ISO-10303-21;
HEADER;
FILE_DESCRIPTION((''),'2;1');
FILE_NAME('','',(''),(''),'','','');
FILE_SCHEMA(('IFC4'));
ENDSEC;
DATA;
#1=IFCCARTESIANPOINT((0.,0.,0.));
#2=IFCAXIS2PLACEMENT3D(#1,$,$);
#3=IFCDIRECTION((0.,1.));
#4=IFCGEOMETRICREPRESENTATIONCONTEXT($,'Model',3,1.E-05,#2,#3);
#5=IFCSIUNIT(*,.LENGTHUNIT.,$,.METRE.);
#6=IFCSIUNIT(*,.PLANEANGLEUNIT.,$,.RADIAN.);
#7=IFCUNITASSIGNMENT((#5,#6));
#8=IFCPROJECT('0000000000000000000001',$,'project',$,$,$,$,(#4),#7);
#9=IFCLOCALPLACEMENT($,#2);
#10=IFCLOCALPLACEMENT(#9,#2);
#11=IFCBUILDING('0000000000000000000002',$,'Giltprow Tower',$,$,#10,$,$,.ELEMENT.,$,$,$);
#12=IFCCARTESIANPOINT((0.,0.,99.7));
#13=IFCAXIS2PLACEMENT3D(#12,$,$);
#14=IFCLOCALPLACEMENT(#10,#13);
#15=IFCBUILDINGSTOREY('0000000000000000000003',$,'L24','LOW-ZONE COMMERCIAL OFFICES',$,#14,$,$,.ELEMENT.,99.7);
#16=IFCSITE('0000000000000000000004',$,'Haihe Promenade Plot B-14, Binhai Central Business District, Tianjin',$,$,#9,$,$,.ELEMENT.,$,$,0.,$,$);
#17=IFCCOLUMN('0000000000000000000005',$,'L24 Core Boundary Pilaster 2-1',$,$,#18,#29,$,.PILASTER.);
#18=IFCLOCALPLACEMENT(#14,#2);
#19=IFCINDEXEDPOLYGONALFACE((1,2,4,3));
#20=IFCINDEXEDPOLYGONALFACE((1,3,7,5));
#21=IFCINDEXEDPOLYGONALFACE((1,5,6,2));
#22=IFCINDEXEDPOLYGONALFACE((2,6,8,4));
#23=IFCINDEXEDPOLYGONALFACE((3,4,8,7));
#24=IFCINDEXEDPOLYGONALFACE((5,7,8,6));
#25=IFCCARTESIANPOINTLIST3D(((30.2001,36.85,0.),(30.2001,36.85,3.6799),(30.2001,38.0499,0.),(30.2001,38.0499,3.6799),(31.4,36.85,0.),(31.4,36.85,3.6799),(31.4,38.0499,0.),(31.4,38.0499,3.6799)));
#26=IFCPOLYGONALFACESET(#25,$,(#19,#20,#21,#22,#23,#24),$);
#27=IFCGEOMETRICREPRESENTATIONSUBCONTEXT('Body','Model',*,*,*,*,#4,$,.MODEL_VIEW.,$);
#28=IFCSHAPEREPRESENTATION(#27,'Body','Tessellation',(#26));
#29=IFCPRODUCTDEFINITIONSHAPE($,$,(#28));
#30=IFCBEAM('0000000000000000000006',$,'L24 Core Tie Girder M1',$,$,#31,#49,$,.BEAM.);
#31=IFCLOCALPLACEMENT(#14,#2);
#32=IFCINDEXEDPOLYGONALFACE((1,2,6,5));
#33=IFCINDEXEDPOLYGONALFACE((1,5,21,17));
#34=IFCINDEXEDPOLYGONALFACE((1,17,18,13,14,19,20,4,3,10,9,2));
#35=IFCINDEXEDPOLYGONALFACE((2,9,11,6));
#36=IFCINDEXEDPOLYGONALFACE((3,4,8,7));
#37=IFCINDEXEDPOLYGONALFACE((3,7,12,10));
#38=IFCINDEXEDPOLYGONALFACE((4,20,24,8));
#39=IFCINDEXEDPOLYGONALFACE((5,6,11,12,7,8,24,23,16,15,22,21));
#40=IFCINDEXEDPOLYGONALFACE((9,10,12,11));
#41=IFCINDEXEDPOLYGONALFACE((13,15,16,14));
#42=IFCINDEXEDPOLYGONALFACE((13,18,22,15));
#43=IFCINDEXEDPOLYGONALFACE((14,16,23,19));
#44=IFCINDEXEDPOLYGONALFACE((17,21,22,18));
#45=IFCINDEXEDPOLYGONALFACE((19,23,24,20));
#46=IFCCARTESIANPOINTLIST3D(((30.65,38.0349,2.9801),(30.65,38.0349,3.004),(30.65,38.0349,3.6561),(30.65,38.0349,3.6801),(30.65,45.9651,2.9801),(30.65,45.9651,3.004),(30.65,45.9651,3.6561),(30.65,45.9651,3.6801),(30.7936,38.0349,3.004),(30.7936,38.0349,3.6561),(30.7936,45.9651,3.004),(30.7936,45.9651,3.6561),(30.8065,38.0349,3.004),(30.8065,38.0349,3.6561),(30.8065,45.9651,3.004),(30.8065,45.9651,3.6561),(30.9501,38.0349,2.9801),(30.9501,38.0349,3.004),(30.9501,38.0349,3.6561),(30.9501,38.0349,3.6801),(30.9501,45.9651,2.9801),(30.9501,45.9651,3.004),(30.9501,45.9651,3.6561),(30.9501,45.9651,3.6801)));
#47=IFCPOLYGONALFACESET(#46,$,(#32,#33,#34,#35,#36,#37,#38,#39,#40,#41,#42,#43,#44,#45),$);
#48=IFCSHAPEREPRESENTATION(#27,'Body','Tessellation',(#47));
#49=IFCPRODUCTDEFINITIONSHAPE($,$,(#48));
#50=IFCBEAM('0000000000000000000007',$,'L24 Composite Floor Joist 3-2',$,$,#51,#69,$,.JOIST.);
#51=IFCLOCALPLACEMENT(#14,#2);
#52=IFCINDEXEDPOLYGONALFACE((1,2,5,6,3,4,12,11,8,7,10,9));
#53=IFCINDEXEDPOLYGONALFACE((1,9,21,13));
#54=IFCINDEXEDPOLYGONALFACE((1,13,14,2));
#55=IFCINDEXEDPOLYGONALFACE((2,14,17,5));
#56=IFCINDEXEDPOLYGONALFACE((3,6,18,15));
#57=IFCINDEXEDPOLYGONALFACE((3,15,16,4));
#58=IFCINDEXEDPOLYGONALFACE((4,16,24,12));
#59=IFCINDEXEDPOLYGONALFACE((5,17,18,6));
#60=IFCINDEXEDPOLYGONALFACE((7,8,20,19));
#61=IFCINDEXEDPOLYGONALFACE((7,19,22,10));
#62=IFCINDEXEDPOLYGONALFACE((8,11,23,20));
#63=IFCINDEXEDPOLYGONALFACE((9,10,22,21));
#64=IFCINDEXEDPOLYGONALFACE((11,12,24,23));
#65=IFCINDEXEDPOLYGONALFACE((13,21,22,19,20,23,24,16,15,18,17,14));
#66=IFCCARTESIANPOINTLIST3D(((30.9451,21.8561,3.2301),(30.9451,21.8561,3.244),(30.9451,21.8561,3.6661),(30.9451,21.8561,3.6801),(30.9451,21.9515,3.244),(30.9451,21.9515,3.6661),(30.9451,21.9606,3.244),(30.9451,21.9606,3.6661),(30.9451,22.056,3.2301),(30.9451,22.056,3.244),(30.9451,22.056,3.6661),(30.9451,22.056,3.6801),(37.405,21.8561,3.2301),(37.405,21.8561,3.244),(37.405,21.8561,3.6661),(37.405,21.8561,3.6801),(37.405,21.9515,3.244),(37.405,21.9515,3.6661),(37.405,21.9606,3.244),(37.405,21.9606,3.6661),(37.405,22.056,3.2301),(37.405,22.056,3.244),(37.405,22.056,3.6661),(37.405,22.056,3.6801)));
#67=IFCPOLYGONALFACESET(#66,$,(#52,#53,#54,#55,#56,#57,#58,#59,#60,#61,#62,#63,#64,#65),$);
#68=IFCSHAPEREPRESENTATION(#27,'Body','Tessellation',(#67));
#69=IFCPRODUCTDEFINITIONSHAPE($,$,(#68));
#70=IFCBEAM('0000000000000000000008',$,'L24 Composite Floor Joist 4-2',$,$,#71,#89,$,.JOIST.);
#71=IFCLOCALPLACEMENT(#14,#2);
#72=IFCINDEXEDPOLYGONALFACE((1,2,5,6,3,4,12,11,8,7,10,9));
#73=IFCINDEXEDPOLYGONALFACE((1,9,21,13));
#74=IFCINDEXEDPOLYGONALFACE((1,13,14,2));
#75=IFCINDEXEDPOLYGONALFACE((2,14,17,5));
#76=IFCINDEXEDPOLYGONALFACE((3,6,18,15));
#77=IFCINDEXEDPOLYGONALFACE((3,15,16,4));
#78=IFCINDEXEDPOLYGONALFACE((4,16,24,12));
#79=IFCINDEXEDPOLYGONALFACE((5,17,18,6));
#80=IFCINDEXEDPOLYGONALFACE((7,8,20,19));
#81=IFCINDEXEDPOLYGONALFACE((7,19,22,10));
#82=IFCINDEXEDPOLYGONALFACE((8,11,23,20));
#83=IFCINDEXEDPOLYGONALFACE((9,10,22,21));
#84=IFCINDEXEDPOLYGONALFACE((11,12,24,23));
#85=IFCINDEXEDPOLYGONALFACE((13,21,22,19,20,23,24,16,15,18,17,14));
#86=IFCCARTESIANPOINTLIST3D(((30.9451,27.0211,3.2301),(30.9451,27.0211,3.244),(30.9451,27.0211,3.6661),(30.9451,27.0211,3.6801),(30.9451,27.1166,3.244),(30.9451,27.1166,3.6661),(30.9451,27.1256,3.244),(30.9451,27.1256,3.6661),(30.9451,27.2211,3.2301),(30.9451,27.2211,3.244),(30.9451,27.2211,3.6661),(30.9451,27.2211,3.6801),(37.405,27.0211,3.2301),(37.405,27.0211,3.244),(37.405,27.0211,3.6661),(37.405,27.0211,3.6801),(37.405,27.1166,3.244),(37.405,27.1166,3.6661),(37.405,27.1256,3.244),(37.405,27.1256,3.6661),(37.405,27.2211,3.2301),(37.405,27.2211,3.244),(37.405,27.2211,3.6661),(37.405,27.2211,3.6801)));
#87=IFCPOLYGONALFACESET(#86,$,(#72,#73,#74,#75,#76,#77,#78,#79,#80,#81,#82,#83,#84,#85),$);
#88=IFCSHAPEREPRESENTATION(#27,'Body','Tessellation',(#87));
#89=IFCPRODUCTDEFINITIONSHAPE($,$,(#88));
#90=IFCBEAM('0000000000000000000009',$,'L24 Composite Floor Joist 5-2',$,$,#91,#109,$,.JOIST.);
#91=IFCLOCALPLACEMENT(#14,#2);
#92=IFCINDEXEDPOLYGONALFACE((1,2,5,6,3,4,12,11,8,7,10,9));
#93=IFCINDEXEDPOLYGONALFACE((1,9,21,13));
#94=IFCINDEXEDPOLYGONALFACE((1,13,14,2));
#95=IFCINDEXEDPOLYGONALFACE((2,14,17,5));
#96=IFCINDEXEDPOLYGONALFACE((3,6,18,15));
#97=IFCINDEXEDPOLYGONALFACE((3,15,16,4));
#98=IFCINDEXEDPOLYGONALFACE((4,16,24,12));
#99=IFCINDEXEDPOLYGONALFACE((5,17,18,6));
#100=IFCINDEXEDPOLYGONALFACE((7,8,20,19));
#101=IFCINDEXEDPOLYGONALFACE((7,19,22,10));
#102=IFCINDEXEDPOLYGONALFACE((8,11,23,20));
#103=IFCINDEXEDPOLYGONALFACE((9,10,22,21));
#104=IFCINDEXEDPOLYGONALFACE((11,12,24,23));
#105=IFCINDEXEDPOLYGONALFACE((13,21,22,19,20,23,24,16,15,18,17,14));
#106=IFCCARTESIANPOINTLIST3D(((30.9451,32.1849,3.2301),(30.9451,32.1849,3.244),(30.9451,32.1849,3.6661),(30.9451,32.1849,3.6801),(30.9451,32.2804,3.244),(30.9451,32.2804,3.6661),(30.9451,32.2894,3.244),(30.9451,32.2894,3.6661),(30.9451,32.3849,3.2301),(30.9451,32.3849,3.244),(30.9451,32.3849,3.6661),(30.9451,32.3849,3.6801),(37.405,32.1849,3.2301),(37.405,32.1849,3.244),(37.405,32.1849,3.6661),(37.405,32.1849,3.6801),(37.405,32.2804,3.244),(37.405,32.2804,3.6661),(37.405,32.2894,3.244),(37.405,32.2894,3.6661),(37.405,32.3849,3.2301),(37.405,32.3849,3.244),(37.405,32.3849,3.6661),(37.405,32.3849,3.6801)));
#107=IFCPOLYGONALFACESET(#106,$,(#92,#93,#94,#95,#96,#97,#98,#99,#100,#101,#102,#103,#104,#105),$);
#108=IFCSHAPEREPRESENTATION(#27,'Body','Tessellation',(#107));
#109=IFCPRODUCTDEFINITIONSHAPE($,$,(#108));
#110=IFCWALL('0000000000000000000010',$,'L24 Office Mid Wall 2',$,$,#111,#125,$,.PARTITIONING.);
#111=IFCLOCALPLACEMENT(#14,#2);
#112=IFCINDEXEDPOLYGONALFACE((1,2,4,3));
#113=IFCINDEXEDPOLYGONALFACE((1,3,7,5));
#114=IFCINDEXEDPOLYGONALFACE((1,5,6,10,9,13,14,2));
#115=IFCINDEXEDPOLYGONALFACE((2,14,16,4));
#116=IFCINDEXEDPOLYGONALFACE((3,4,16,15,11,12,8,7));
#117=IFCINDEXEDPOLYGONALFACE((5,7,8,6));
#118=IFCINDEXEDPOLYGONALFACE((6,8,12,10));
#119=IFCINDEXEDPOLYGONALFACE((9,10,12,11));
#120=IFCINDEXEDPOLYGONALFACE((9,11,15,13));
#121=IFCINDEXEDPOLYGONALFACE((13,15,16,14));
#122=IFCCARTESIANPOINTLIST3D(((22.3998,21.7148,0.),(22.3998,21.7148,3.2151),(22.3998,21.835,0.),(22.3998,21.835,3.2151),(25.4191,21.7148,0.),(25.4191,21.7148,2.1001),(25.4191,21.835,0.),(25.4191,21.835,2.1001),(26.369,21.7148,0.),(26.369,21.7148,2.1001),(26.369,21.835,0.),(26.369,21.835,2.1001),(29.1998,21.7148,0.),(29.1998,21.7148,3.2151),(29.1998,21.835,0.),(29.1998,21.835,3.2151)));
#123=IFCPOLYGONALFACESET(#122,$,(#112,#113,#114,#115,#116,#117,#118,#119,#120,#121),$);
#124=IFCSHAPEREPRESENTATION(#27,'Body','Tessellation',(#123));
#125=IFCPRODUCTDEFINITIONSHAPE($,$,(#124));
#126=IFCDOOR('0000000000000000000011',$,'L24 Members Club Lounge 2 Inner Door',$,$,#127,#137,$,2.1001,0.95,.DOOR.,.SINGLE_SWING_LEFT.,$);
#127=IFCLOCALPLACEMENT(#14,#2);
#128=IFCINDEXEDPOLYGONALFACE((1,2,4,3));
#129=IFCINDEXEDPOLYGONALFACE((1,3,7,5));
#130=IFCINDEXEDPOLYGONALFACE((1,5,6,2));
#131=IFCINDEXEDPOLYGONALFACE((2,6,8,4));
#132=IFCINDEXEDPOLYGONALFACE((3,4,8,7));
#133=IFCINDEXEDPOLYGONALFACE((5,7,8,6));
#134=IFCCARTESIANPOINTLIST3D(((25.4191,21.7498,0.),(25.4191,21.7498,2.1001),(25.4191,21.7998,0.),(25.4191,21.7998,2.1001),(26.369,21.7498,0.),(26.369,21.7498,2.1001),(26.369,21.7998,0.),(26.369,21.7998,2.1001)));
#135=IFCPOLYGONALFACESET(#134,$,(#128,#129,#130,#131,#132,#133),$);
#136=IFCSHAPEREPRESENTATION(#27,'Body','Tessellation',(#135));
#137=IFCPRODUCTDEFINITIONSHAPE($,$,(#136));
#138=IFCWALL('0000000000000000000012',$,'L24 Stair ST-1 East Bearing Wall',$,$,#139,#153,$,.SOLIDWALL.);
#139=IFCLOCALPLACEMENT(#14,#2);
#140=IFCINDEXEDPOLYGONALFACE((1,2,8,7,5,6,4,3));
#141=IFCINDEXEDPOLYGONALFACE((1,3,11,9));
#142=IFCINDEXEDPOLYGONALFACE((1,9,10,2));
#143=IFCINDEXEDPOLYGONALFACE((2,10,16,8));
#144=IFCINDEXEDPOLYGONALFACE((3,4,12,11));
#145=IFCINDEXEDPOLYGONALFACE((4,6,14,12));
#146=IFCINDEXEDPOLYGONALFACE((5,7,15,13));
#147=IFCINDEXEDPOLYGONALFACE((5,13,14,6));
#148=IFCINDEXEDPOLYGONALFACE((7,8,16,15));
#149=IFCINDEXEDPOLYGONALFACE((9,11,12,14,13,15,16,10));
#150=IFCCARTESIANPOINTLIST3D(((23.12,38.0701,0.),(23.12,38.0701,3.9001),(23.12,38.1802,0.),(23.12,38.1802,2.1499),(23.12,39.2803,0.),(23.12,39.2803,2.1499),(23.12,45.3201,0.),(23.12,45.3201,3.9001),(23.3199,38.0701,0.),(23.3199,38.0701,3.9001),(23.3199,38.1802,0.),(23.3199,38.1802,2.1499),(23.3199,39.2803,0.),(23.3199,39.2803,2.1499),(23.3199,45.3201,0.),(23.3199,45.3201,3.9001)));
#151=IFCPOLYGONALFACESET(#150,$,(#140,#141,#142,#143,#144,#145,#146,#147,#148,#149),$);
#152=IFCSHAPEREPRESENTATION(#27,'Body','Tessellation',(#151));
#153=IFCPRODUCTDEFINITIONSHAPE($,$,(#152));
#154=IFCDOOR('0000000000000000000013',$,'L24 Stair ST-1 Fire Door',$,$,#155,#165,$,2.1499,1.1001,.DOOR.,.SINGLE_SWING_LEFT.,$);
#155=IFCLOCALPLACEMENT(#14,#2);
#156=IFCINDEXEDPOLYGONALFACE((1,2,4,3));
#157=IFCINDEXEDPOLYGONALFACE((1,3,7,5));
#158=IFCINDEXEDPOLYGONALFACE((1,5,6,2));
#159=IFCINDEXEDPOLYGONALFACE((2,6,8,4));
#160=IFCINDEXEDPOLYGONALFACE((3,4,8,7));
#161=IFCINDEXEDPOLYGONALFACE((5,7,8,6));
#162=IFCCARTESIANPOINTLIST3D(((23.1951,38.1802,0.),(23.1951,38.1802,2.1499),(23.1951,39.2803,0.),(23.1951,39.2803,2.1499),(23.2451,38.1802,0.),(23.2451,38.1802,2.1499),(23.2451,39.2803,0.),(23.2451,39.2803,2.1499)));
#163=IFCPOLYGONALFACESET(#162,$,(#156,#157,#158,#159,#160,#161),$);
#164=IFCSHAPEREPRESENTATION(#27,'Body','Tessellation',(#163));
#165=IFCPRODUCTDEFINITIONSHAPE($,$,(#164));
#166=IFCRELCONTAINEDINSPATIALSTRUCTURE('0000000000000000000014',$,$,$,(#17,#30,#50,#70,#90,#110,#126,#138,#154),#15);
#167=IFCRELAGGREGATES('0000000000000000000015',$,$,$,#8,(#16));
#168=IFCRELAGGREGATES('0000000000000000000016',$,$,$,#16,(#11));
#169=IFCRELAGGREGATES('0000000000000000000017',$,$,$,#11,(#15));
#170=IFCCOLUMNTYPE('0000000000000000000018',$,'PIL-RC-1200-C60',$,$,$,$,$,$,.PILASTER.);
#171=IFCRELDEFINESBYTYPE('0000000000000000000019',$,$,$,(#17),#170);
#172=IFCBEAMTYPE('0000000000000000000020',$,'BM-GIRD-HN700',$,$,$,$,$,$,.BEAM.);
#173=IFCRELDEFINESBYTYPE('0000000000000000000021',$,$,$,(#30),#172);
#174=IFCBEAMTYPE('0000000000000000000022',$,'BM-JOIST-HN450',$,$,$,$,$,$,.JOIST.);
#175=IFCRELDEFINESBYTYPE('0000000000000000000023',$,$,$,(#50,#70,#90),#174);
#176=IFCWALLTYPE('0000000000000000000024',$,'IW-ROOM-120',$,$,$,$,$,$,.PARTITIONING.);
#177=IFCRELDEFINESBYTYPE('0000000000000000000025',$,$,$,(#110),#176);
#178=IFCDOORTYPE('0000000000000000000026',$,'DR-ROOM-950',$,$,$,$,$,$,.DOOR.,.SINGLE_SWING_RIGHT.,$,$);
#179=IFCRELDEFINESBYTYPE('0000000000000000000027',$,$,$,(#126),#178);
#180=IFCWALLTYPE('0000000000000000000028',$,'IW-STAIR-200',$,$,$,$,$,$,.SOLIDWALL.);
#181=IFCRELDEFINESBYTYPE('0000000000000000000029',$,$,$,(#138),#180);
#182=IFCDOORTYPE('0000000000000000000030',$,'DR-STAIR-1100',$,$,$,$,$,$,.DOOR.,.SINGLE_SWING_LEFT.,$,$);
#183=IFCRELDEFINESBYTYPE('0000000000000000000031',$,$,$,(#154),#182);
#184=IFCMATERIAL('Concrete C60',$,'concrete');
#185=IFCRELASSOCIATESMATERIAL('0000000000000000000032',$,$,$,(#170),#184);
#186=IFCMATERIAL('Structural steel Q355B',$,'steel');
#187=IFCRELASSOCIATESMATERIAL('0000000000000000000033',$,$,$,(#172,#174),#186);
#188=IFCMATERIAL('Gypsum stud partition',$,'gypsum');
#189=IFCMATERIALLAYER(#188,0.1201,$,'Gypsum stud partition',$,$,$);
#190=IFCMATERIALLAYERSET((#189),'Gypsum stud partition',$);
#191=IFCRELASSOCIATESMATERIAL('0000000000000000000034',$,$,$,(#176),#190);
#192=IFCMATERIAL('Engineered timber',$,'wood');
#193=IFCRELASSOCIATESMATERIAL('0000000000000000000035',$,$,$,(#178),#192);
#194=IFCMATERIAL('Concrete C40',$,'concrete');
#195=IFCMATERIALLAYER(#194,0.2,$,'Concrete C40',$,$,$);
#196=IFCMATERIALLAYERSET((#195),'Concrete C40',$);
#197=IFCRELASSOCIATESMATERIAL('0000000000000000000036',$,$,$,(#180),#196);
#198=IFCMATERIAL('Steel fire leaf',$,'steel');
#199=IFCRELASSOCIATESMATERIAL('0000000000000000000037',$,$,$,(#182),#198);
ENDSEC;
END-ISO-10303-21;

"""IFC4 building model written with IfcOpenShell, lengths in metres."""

from ifc_helpers import new_model, si_unit, direction, frame, frame_2d, origin, origin_2d, place, context, subcontext, project, spatial, rectangle, i_section, extrude, source, transform, mapped, material, layer, layer_set, material_profile, profile_set, type_object, element, fill, save


model = new_model("IFC4")

# Units and contexts
model_context = context("Model", 3, precision=1e-05, world=origin(), true_north=direction((0.0, 1.0)))
body_context = subcontext(model_context, "Body", "Model", "MODEL_VIEW")
ifc_project = project(units=[si_unit("LENGTHUNIT", "METRE"), si_unit("PLANEANGLEUNIT", "RADIAN")], contexts=[model_context])

# Site, building, storey
site_placement = place(None, origin())
site = spatial("IfcSite", under=ifc_project, at=site_placement, Name="Haihe Promenade Plot B-14, Binhai Central Business District, Tianjin", CompositionType="ELEMENT", RefElevation=0.0)
building_placement = place(site_placement, origin())
building = spatial("IfcBuilding", under=site, at=building_placement, Name="Giltprow Tower", CompositionType="ELEMENT")
storey_placement = place(building_placement, frame((0.0, 0.0, 99.7)))
storey = spatial("IfcBuildingStorey", under=building, at=storey_placement, Name="L24", Description="LOW-ZONE COMMERCIAL OFFICES", CompositionType="ELEMENT", Elevation=99.7)

# Column
ifc_material_1 = material(Name="Concrete C60", Category="concrete")
ifc_material_profile_1 = material_profile(ifc_material_1, rectangle(XDim=1.2, YDim=1.2, at=origin_2d()), Name="RC 1200x1200")
ifc_profile_set_1 = profile_set([ifc_material_profile_1], Name="Concrete C60")
column_type = type_object("IfcColumnType", Name="PIL-RC-1200-C60", PredefinedType="PILASTER", material=ifc_profile_set_1)
shared_shape_1 = source(origin(), body_context, "Body", "SweptSolid", [
    extrude(rectangle(XDim=1.2, YDim=1.2, at=origin_2d()), origin(), (0.0, 0.0, 1.0), 3.6799),
])
column_placement = place(storey_placement, frame((30.8, 37.45, 0.0), z_axis=(0.0, 0.0, 1.0), x_axis=(1.0, 0.0, 0.0)))
element("IfcColumn", 1, at=column_placement, inside=storey, type_object=column_type, Name="L24 Core Boundary Pilaster 2-1", PredefinedType="PILASTER", context=body_context, shape_type="MappedRepresentation", body=[
    mapped(shared_shape_1, transform((0.0, 0.0, 0.0), x_axis=(1.0, 0.0, 0.0), y_axis=(0.0, 1.0, 0.0), z_axis=(0.0, 0.0, 1.0), scale=1.0)),
])

# Beams
ifc_material_2 = material(Name="Structural steel Q355B", Category="steel")
ifc_material_profile_2 = material_profile(ifc_material_2, i_section(OverallWidth=0.3, OverallDepth=0.7, WebThickness=0.0129, FlangeThickness=0.0239, at=origin_2d()), Name="HN 700x300x13x24")
ifc_profile_set_2 = profile_set([ifc_material_profile_2], Name="Structural steel Q355B")
beam_type_1 = type_object("IfcBeamType", Name="BM-GIRD-HN700", PredefinedType="BEAM", material=ifc_profile_set_2)
shared_shape_2 = source(origin(), body_context, "Body", "SweptSolid", [
    extrude(i_section(OverallWidth=0.3, OverallDepth=0.7, WebThickness=0.0129, FlangeThickness=0.0239, at=origin_2d()), origin(), (0.0, 0.0, 1.0), 7.9302),
])
beam_placement = place(storey_placement, frame((30.8, 38.0349, 3.3301), z_axis=(0.0, 1.0, 0.0), x_axis=(-1.0, 0.0, 0.0)))
element("IfcBeam", 2, at=beam_placement, inside=storey, type_object=beam_type_1, Name="L24 Core Tie Girder M1", PredefinedType="BEAM", context=body_context, shape_type="MappedRepresentation", body=[
    mapped(shared_shape_2, transform((0.0, 0.0, 0.0), x_axis=(1.0, 0.0, 0.0), y_axis=(0.0, 1.0, 0.0), z_axis=(0.0, 0.0, 1.0), scale=1.0)),
])
ifc_material_profile_3 = material_profile(ifc_material_2, i_section(OverallWidth=0.2, OverallDepth=0.45, WebThickness=0.009, FlangeThickness=0.0139, at=origin_2d()), Name="HN 450x200x9x14")
ifc_profile_set_3 = profile_set([ifc_material_profile_3], Name="Structural steel Q355B")
beam_type_2 = type_object("IfcBeamType", Name="BM-JOIST-HN450", PredefinedType="JOIST", material=ifc_profile_set_3)
shared_shape_3 = source(origin(), body_context, "Body", "SweptSolid", [
    extrude(i_section(OverallWidth=0.2, OverallDepth=0.45, WebThickness=0.009, FlangeThickness=0.0139, at=origin_2d()), origin(), (0.0, 0.0, 1.0), 6.46),
])
for number, where, z_axis, x_axis, name in (
    (3, (30.9451, 21.9561, 3.4551), (1.0, 0.0, 0.0), (0.0, 1.0, 0.0), "L24 Composite Floor Joist 3-2"),
    (4, (30.9451, 27.1211, 3.4551), (1.0, 0.0, 0.0), (0.0, 1.0, 0.0), "L24 Composite Floor Joist 4-2"),
    (5, (30.9451, 32.2849, 3.4551), (1.0, 0.0, 0.0), (0.0, 1.0, 0.0), "L24 Composite Floor Joist 5-2"),
):
    element("IfcBeam", number, at=place(storey_placement, frame(where, z_axis=z_axis, x_axis=x_axis)), inside=storey, type_object=beam_type_2, Name=name, PredefinedType="JOIST", context=body_context, shape_type="MappedRepresentation", body=[
        mapped(shared_shape_3, transform((0.0, 0.0, 0.0), x_axis=(1.0, 0.0, 0.0), y_axis=(0.0, 1.0, 0.0), z_axis=(0.0, 0.0, 1.0), scale=1.0)),
    ])

# Walls, openings, doors
ifc_material_3 = material(Name="Gypsum stud partition", Category="gypsum")
ifc_layer_1 = layer(ifc_material_3, 0.1201, Name="Gypsum stud partition")
ifc_layer_set_1 = layer_set([ifc_layer_1], Name="Gypsum stud partition")
wall_type_1 = type_object("IfcWallType", Name="IW-ROOM-120", PredefinedType="PARTITIONING", material=ifc_layer_set_1)
wall_1_placement = place(storey_placement, frame((22.3999, 21.7749, 0.0), z_axis=(0.0, 0.0, 1.0), x_axis=(1.0, 0.0, 0.0)))
wall_1 = element("IfcWall", 6, at=wall_1_placement, inside=storey, type_object=wall_type_1, Name="L24 Office Mid Wall 2", PredefinedType="PARTITIONING", context=body_context, shape_type="SweptSolid", body=[
    extrude(rectangle(XDim=6.8, YDim=0.1201, at=frame_2d((3.3999, 0.0))), origin(), (0.0, 0.0, 1.0), 3.2151),
])
opening_1_placement = place(wall_1_placement, frame((3.019, 0.0, 0.0)))
opening_1 = element("IfcOpeningElement", 7, at=opening_1_placement, cuts=wall_1, PredefinedType="OPENING", context=body_context, shape_type="SweptSolid", body=[
    extrude(rectangle(XDim=0.95, YDim=2.1001, at=frame_2d((0.4751, 1.05))), frame((0.0, 0.0701, 0.0), z_axis=(0.0, -1.0, 0.0), x_axis=(1.0, 0.0, 0.0)), (0.0, 0.0, 1.0), 0.1401),
])
ifc_material_4 = material(Name="Engineered timber", Category="wood")
door_type_1 = type_object("IfcDoorType", Name="DR-ROOM-950", OperationType="SINGLE_SWING_RIGHT", PredefinedType="DOOR", material=ifc_material_4)
shared_shape_4 = source(origin(), body_context, "Body", "SweptSolid", [
    extrude(rectangle(XDim=0.95, YDim=2.1001, at=frame_2d((0.4751, 1.05))), frame((0.0, 0.0249, 0.0), z_axis=(0.0, -1.0, 0.0), x_axis=(1.0, 0.0, 0.0)), (0.0, 0.0, 1.0), 0.05),
])
door_1_placement = place(opening_1_placement, origin())
door_1 = element("IfcDoor", 8, at=door_1_placement, inside=storey, type_object=door_type_1, Name="L24 Members Club Lounge 2 Inner Door", OperationType="SINGLE_SWING_LEFT", OverallHeight=2.1001, OverallWidth=0.95, PredefinedType="DOOR", context=body_context, shape_type="MappedRepresentation", body=[
    mapped(shared_shape_4, transform((0.0, 0.0, 0.0), x_axis=(1.0, 0.0, 0.0), y_axis=(0.0, 1.0, 0.0), z_axis=(0.0, 0.0, 1.0), scale=1.0)),
])
fill(opening_1, door_1)
ifc_material_5 = material(Name="Concrete C40", Category="concrete")
ifc_layer_2 = layer(ifc_material_5, 0.2, Name="Concrete C40")
ifc_layer_set_2 = layer_set([ifc_layer_2], Name="Concrete C40")
wall_type_2 = type_object("IfcWallType", Name="IW-STAIR-200", PredefinedType="SOLIDWALL", material=ifc_layer_set_2)
wall_2_placement = place(storey_placement, frame((23.22, 38.0701, 0.0), z_axis=(0.0, 0.0, 1.0), x_axis=(0.0, 1.0, 0.0)))
wall_2 = element("IfcWall", 9, at=wall_2_placement, inside=storey, type_object=wall_type_2, Name="L24 Stair ST-1 East Bearing Wall", PredefinedType="SOLIDWALL", context=body_context, shape_type="SweptSolid", body=[
    extrude(rectangle(XDim=7.25, YDim=0.2, at=frame_2d((3.625, 0.0))), origin(), (0.0, 0.0, 1.0), 3.9001),
])
opening_2_placement = place(wall_2_placement, frame((0.1101, 0.0, 0.0)))
opening_2 = element("IfcOpeningElement", 10, at=opening_2_placement, cuts=wall_2, PredefinedType="OPENING", context=body_context, shape_type="SweptSolid", body=[
    extrude(rectangle(XDim=1.1001, YDim=2.1499, at=frame_2d((0.55, 1.075))), frame((0.0, 0.1099, 0.0), z_axis=(0.0, -1.0, 0.0), x_axis=(1.0, 0.0, 0.0)), (0.0, 0.0, 1.0), 0.22),
])
ifc_material_6 = material(Name="Steel fire leaf", Category="steel")
door_type_2 = type_object("IfcDoorType", Name="DR-STAIR-1100", OperationType="SINGLE_SWING_LEFT", PredefinedType="DOOR", material=ifc_material_6)
shared_shape_5 = source(origin(), body_context, "Body", "SweptSolid", [
    extrude(rectangle(XDim=1.1001, YDim=2.1499, at=frame_2d((0.55, 1.075))), frame((0.0, 0.0249, 0.0), z_axis=(0.0, -1.0, 0.0), x_axis=(1.0, 0.0, 0.0)), (0.0, 0.0, 1.0), 0.05),
])
door_2_placement = place(opening_2_placement, origin())
door_2 = element("IfcDoor", 11, at=door_2_placement, inside=storey, type_object=door_type_2, Name="L24 Stair ST-1 Fire Door", OperationType="SINGLE_SWING_LEFT", OverallHeight=2.1499, OverallWidth=1.1001, PredefinedType="DOOR", context=body_context, shape_type="MappedRepresentation", body=[
    mapped(shared_shape_5, transform((0.0, 0.0, 0.0), x_axis=(1.0, 0.0, 0.0), y_axis=(0.0, 1.0, 0.0), z_axis=(0.0, 0.0, 1.0), scale=1.0)),
])
fill(opening_2, door_2)

save(model, "model.ifc")
